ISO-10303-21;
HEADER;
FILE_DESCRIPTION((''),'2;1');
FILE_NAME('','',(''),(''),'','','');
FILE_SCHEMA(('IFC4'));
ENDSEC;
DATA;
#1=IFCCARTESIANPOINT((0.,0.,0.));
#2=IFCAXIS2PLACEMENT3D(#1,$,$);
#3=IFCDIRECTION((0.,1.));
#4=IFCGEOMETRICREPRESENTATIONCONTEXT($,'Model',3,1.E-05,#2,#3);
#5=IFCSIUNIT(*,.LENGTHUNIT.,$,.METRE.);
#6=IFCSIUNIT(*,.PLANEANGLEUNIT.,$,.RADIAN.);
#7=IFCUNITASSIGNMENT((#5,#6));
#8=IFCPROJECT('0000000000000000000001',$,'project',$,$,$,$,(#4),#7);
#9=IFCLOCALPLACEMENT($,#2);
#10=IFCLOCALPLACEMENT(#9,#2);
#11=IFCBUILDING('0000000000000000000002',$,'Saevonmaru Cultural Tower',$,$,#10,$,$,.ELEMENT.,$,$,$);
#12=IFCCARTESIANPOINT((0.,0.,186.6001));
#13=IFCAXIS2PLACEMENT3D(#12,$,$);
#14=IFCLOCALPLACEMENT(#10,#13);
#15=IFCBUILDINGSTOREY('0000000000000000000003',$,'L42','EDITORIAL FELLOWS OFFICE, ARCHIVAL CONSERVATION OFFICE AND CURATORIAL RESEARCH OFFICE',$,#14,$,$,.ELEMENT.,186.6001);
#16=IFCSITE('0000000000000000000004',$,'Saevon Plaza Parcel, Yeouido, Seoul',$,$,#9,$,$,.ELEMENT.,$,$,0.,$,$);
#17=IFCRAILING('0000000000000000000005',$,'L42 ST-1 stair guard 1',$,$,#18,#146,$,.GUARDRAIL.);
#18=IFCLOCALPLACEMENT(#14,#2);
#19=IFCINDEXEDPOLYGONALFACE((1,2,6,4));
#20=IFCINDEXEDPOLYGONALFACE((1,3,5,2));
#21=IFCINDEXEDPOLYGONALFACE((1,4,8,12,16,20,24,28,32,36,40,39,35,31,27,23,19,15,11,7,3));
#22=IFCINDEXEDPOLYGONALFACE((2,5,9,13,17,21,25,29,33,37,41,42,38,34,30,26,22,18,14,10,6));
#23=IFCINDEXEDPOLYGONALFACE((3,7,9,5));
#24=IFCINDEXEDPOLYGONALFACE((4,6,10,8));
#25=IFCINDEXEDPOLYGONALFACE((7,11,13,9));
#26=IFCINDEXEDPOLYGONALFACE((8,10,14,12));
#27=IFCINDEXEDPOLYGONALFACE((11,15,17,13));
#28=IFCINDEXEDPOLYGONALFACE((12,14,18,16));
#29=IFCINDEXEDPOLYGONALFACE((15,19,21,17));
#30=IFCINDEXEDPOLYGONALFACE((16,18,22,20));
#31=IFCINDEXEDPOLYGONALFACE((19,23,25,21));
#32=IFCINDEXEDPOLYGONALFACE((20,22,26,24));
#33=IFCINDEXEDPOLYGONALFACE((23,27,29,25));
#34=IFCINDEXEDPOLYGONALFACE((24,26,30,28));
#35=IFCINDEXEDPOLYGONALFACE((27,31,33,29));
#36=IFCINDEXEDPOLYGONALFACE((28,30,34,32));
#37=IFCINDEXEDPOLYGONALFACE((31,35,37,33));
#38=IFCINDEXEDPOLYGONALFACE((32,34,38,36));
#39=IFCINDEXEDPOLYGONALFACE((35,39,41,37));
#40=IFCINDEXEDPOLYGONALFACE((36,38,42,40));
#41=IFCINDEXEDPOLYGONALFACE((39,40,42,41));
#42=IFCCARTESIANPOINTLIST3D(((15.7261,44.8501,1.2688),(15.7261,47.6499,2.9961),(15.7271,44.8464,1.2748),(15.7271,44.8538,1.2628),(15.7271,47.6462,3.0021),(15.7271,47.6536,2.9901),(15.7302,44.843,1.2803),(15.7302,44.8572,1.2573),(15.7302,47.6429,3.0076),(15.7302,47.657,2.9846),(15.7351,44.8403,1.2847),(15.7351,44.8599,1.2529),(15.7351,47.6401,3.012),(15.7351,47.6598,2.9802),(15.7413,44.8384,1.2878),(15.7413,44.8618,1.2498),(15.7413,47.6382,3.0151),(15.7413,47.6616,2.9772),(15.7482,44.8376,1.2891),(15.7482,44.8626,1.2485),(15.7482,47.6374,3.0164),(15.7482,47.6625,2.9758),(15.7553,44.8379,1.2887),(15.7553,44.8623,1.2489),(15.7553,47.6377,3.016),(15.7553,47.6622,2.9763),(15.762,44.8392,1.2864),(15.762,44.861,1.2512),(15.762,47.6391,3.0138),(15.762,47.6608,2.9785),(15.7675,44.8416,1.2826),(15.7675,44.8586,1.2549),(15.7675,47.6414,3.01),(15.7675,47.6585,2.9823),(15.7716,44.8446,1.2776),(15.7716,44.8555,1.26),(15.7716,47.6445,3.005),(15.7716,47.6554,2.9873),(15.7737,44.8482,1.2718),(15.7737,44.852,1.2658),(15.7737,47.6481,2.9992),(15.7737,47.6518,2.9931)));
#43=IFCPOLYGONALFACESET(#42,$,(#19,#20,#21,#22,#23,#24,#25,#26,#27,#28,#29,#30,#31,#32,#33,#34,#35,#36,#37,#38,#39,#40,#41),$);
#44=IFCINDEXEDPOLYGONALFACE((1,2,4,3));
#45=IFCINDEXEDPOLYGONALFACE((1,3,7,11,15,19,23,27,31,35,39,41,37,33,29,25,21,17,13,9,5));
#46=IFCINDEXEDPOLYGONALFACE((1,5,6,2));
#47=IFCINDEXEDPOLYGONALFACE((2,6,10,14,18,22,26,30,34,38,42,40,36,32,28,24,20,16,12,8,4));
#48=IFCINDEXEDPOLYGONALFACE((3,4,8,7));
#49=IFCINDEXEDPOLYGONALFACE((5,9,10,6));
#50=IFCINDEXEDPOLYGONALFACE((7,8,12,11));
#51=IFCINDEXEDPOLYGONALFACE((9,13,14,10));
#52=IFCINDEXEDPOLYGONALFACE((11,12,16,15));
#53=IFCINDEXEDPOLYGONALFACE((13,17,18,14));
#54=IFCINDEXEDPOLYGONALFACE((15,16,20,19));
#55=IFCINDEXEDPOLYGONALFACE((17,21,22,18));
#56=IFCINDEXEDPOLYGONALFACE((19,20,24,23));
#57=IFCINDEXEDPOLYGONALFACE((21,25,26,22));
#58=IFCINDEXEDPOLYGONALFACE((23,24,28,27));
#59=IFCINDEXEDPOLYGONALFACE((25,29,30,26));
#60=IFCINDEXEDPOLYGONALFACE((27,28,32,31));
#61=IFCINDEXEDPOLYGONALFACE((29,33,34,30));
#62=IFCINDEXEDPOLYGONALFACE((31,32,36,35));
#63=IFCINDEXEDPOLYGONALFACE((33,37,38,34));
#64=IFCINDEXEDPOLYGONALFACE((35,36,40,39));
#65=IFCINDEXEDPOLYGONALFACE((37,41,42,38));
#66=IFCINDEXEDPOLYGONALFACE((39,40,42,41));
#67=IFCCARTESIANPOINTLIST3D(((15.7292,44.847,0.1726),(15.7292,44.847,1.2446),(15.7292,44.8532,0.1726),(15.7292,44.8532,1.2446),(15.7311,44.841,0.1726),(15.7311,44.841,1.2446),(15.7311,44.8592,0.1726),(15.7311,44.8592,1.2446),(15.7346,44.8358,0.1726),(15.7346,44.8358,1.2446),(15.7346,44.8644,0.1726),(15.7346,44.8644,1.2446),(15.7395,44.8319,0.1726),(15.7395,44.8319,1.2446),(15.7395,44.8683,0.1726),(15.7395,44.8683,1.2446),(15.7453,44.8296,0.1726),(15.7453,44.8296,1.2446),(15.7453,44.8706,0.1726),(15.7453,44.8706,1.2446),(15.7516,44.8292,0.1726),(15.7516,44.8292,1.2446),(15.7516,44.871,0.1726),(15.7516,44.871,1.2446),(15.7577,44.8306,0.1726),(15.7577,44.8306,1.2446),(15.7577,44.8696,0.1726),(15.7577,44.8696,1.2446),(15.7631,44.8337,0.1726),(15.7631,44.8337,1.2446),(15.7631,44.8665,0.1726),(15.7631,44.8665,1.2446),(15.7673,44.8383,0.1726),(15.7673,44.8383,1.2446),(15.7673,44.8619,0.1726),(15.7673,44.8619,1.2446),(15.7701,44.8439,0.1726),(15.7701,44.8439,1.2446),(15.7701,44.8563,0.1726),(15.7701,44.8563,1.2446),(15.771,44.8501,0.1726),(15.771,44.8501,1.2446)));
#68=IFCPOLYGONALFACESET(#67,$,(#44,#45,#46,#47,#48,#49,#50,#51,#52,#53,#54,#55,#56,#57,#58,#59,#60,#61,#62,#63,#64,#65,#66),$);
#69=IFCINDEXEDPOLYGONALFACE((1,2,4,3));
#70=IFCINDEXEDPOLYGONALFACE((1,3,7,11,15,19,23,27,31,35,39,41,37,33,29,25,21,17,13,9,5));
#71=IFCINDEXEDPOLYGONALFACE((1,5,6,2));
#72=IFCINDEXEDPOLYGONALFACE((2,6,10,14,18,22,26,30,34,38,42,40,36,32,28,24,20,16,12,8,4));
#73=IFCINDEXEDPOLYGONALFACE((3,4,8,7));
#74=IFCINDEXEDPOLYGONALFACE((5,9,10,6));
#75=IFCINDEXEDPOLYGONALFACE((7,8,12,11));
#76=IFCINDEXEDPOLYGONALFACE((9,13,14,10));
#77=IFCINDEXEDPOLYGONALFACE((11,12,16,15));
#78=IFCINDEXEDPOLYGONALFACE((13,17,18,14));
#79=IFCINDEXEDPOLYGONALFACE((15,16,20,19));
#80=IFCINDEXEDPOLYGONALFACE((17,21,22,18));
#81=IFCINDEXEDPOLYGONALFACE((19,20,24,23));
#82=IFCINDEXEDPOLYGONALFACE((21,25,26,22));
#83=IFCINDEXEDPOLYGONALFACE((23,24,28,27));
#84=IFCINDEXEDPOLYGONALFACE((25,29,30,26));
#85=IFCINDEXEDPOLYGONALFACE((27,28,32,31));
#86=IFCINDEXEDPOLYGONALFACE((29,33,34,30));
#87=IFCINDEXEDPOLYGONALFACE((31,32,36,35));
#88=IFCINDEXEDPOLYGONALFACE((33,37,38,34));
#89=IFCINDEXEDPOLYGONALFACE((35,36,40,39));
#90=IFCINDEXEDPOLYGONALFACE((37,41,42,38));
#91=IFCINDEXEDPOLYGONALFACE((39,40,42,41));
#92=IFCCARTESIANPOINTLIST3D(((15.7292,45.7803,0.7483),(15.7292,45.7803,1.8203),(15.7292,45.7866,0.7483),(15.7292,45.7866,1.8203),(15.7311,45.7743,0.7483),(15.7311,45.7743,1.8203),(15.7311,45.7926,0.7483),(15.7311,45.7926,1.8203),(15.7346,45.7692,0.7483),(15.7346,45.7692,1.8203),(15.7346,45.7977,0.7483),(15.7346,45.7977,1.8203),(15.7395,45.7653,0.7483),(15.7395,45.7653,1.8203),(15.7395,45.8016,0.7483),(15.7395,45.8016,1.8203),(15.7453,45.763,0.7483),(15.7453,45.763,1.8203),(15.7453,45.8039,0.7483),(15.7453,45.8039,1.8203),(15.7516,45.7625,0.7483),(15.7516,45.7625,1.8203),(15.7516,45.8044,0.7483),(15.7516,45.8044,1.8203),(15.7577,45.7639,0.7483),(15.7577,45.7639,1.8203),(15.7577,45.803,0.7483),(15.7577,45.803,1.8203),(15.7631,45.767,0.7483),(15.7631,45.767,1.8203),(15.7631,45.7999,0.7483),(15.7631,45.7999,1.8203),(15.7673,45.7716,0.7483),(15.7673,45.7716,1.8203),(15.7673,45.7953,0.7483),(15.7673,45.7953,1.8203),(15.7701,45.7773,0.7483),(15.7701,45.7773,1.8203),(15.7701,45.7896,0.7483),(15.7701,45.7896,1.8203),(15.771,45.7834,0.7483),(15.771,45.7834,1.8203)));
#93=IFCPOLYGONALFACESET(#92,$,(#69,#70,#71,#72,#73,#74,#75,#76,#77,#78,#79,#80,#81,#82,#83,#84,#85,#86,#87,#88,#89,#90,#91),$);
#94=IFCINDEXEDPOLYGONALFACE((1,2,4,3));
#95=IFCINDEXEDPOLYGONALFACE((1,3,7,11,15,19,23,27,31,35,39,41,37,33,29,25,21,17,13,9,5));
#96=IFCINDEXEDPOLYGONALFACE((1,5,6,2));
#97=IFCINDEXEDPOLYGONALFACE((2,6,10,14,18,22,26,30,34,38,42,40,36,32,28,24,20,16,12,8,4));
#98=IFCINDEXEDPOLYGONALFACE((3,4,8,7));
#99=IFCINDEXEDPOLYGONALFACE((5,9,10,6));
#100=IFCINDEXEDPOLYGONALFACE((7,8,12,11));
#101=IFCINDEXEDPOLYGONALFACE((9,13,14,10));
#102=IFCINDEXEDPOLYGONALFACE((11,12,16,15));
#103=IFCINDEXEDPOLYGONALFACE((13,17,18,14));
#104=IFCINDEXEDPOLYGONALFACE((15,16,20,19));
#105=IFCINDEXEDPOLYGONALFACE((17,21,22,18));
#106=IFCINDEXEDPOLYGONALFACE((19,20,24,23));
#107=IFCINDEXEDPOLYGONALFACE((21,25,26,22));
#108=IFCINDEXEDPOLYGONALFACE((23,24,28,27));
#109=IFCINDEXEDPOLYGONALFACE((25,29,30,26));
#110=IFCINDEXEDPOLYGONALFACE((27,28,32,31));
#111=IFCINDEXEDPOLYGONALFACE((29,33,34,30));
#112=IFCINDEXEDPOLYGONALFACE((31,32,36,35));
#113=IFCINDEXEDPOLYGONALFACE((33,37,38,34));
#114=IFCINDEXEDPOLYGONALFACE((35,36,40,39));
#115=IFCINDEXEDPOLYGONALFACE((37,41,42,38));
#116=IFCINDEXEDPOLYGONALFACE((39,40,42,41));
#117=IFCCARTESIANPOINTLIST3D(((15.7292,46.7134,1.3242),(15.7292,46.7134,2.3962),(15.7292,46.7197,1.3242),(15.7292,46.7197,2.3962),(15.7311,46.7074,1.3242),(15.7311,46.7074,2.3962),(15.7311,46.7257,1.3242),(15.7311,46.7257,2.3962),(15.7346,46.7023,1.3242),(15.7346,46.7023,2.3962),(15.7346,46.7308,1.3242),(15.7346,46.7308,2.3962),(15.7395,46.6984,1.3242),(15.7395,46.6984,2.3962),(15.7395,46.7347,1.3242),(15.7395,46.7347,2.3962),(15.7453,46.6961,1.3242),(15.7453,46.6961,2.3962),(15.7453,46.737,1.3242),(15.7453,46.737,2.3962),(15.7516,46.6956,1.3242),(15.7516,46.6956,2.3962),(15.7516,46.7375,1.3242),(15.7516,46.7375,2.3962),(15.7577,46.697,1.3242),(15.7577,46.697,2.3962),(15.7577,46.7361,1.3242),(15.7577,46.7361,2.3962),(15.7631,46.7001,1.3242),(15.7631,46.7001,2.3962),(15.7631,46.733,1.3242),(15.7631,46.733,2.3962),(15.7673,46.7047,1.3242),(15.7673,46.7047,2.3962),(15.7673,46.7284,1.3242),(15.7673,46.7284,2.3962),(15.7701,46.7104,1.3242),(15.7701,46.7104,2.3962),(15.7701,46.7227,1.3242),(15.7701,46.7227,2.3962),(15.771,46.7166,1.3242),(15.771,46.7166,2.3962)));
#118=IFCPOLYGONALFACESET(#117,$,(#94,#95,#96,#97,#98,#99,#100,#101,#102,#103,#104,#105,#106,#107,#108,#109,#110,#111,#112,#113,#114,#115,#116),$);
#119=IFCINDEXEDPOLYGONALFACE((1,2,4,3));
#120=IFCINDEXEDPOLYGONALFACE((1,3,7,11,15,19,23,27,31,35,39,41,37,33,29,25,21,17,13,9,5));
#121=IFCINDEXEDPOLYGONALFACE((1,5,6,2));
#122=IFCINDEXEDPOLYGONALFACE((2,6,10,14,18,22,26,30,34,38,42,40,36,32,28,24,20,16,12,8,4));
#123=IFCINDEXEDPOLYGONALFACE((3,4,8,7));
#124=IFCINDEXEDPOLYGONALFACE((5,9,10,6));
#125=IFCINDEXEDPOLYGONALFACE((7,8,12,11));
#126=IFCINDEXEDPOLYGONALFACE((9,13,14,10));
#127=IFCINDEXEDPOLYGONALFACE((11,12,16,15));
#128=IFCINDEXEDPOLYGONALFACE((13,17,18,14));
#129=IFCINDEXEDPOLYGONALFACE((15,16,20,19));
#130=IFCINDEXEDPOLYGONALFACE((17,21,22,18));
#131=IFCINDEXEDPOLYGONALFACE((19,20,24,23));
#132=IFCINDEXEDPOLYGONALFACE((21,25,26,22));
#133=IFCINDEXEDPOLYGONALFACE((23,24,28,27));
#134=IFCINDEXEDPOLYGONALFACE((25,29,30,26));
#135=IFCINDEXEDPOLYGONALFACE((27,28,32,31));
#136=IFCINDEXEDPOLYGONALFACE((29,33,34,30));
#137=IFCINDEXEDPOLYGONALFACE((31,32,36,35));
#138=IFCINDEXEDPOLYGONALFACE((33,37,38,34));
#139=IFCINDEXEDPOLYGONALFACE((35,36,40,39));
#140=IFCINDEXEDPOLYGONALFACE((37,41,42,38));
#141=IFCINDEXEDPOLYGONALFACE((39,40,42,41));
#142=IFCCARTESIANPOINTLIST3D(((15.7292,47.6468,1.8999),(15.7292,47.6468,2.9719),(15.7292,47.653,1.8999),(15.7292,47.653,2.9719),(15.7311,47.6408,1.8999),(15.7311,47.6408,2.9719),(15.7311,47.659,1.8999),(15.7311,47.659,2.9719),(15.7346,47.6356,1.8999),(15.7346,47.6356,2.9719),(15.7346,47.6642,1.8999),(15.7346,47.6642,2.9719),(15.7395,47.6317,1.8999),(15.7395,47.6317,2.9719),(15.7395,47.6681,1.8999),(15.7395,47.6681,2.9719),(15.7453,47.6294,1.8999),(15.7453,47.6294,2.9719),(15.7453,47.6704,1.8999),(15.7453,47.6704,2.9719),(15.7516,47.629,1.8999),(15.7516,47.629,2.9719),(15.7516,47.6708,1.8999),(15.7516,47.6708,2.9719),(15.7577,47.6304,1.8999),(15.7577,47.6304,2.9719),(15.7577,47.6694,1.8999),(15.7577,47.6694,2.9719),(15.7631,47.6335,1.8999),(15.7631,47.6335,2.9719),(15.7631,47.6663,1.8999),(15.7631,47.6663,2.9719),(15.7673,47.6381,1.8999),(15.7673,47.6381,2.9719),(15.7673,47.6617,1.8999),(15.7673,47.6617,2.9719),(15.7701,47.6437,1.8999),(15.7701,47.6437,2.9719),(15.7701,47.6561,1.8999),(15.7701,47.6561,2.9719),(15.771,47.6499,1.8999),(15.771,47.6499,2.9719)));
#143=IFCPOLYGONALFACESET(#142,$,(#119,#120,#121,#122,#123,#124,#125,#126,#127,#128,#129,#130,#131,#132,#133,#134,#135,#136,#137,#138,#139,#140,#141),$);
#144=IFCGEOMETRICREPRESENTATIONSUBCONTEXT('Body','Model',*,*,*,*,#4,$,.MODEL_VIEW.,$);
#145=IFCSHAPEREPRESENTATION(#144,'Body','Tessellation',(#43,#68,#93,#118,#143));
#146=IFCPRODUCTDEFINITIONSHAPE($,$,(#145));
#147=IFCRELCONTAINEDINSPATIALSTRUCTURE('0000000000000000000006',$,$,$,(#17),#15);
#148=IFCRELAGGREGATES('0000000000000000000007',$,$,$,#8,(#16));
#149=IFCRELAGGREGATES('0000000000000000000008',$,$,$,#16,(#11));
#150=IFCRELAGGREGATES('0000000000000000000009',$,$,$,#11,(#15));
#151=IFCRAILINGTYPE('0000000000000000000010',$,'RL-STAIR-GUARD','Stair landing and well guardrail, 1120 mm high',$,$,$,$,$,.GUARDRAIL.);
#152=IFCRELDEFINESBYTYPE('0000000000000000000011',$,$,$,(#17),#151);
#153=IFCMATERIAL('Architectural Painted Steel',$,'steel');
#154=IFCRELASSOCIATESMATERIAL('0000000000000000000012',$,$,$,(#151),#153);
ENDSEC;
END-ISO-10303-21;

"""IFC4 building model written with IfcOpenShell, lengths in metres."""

from ifc_helpers import new_model, si_unit, direction, frame, origin, origin_2d, place, context, subcontext, project, spatial, circle, extrude, material, type_object, element, save


model = new_model("IFC4")

# Units and contexts
model_context = context("Model", 3, precision=1e-05, world=origin(), true_north=direction((0.0, 1.0)))
body_context = subcontext(model_context, "Body", "Model", "MODEL_VIEW")
ifc_project = project(units=[si_unit("LENGTHUNIT", "METRE"), si_unit("PLANEANGLEUNIT", "RADIAN")], contexts=[model_context])

# Site, building, storey
site_placement = place(None, origin())
site = spatial("IfcSite", under=ifc_project, at=site_placement, Name="Saevon Plaza Parcel, Yeouido, Seoul", CompositionType="ELEMENT", RefElevation=0.0)
building_placement = place(site_placement, origin())
building = spatial("IfcBuilding", under=site, at=building_placement, Name="Saevonmaru Cultural Tower", CompositionType="ELEMENT")
storey_placement = place(building_placement, frame((0.0, 0.0, 186.6001)))
storey = spatial("IfcBuildingStorey", under=building, at=storey_placement, Name="L42", Description="EDITORIAL FELLOWS OFFICE, ARCHIVAL CONSERVATION OFFICE AND CURATORIAL RESEARCH OFFICE", CompositionType="ELEMENT", Elevation=186.6001)

# Railing
ifc_material_1 = material(Name="Architectural Painted Steel", Category="steel")
railing_type_1 = type_object("IfcRailingType", Name="RL-STAIR-GUARD", Description="Stair landing and well guardrail, 1120 mm high", PredefinedType="GUARDRAIL", material=ifc_material_1)
railing_1_placement = place(storey_placement, frame((15.75, 44.8501, 0.1726)))
element("IfcRailing", 1, at=railing_1_placement, inside=storey, type_object=railing_type_1, Name="L42 ST-1 stair guard 1", PredefinedType="GUARDRAIL", context=body_context, shape_type="SweptSolid", body=[
    extrude(circle(Radius=0.0239, at=origin_2d()), frame((0.0, 0.0, 1.0962), z_axis=(0.0, 0.851069, 0.525054), x_axis=(-1.0, 0.0, 0.0)), (0.0, 0.0, 1.0), 3.2898),
    extrude(circle(Radius=0.021, at=origin_2d()), origin(), (0.0, 0.0, 1.0), 1.072),
    extrude(circle(Radius=0.021, at=origin_2d()), frame((0.0, 0.9333, 0.5757)), (0.0, 0.0, 1.0), 1.072),
    extrude(circle(Radius=0.021, at=origin_2d()), frame((0.0, 1.8665, 1.1516)), (0.0, 0.0, 1.0), 1.072),
    extrude(circle(Radius=0.021, at=origin_2d()), frame((0.0, 2.7998, 1.7273)), (0.0, 0.0, 1.0), 1.072),
])

save(model, "model.ifc")
